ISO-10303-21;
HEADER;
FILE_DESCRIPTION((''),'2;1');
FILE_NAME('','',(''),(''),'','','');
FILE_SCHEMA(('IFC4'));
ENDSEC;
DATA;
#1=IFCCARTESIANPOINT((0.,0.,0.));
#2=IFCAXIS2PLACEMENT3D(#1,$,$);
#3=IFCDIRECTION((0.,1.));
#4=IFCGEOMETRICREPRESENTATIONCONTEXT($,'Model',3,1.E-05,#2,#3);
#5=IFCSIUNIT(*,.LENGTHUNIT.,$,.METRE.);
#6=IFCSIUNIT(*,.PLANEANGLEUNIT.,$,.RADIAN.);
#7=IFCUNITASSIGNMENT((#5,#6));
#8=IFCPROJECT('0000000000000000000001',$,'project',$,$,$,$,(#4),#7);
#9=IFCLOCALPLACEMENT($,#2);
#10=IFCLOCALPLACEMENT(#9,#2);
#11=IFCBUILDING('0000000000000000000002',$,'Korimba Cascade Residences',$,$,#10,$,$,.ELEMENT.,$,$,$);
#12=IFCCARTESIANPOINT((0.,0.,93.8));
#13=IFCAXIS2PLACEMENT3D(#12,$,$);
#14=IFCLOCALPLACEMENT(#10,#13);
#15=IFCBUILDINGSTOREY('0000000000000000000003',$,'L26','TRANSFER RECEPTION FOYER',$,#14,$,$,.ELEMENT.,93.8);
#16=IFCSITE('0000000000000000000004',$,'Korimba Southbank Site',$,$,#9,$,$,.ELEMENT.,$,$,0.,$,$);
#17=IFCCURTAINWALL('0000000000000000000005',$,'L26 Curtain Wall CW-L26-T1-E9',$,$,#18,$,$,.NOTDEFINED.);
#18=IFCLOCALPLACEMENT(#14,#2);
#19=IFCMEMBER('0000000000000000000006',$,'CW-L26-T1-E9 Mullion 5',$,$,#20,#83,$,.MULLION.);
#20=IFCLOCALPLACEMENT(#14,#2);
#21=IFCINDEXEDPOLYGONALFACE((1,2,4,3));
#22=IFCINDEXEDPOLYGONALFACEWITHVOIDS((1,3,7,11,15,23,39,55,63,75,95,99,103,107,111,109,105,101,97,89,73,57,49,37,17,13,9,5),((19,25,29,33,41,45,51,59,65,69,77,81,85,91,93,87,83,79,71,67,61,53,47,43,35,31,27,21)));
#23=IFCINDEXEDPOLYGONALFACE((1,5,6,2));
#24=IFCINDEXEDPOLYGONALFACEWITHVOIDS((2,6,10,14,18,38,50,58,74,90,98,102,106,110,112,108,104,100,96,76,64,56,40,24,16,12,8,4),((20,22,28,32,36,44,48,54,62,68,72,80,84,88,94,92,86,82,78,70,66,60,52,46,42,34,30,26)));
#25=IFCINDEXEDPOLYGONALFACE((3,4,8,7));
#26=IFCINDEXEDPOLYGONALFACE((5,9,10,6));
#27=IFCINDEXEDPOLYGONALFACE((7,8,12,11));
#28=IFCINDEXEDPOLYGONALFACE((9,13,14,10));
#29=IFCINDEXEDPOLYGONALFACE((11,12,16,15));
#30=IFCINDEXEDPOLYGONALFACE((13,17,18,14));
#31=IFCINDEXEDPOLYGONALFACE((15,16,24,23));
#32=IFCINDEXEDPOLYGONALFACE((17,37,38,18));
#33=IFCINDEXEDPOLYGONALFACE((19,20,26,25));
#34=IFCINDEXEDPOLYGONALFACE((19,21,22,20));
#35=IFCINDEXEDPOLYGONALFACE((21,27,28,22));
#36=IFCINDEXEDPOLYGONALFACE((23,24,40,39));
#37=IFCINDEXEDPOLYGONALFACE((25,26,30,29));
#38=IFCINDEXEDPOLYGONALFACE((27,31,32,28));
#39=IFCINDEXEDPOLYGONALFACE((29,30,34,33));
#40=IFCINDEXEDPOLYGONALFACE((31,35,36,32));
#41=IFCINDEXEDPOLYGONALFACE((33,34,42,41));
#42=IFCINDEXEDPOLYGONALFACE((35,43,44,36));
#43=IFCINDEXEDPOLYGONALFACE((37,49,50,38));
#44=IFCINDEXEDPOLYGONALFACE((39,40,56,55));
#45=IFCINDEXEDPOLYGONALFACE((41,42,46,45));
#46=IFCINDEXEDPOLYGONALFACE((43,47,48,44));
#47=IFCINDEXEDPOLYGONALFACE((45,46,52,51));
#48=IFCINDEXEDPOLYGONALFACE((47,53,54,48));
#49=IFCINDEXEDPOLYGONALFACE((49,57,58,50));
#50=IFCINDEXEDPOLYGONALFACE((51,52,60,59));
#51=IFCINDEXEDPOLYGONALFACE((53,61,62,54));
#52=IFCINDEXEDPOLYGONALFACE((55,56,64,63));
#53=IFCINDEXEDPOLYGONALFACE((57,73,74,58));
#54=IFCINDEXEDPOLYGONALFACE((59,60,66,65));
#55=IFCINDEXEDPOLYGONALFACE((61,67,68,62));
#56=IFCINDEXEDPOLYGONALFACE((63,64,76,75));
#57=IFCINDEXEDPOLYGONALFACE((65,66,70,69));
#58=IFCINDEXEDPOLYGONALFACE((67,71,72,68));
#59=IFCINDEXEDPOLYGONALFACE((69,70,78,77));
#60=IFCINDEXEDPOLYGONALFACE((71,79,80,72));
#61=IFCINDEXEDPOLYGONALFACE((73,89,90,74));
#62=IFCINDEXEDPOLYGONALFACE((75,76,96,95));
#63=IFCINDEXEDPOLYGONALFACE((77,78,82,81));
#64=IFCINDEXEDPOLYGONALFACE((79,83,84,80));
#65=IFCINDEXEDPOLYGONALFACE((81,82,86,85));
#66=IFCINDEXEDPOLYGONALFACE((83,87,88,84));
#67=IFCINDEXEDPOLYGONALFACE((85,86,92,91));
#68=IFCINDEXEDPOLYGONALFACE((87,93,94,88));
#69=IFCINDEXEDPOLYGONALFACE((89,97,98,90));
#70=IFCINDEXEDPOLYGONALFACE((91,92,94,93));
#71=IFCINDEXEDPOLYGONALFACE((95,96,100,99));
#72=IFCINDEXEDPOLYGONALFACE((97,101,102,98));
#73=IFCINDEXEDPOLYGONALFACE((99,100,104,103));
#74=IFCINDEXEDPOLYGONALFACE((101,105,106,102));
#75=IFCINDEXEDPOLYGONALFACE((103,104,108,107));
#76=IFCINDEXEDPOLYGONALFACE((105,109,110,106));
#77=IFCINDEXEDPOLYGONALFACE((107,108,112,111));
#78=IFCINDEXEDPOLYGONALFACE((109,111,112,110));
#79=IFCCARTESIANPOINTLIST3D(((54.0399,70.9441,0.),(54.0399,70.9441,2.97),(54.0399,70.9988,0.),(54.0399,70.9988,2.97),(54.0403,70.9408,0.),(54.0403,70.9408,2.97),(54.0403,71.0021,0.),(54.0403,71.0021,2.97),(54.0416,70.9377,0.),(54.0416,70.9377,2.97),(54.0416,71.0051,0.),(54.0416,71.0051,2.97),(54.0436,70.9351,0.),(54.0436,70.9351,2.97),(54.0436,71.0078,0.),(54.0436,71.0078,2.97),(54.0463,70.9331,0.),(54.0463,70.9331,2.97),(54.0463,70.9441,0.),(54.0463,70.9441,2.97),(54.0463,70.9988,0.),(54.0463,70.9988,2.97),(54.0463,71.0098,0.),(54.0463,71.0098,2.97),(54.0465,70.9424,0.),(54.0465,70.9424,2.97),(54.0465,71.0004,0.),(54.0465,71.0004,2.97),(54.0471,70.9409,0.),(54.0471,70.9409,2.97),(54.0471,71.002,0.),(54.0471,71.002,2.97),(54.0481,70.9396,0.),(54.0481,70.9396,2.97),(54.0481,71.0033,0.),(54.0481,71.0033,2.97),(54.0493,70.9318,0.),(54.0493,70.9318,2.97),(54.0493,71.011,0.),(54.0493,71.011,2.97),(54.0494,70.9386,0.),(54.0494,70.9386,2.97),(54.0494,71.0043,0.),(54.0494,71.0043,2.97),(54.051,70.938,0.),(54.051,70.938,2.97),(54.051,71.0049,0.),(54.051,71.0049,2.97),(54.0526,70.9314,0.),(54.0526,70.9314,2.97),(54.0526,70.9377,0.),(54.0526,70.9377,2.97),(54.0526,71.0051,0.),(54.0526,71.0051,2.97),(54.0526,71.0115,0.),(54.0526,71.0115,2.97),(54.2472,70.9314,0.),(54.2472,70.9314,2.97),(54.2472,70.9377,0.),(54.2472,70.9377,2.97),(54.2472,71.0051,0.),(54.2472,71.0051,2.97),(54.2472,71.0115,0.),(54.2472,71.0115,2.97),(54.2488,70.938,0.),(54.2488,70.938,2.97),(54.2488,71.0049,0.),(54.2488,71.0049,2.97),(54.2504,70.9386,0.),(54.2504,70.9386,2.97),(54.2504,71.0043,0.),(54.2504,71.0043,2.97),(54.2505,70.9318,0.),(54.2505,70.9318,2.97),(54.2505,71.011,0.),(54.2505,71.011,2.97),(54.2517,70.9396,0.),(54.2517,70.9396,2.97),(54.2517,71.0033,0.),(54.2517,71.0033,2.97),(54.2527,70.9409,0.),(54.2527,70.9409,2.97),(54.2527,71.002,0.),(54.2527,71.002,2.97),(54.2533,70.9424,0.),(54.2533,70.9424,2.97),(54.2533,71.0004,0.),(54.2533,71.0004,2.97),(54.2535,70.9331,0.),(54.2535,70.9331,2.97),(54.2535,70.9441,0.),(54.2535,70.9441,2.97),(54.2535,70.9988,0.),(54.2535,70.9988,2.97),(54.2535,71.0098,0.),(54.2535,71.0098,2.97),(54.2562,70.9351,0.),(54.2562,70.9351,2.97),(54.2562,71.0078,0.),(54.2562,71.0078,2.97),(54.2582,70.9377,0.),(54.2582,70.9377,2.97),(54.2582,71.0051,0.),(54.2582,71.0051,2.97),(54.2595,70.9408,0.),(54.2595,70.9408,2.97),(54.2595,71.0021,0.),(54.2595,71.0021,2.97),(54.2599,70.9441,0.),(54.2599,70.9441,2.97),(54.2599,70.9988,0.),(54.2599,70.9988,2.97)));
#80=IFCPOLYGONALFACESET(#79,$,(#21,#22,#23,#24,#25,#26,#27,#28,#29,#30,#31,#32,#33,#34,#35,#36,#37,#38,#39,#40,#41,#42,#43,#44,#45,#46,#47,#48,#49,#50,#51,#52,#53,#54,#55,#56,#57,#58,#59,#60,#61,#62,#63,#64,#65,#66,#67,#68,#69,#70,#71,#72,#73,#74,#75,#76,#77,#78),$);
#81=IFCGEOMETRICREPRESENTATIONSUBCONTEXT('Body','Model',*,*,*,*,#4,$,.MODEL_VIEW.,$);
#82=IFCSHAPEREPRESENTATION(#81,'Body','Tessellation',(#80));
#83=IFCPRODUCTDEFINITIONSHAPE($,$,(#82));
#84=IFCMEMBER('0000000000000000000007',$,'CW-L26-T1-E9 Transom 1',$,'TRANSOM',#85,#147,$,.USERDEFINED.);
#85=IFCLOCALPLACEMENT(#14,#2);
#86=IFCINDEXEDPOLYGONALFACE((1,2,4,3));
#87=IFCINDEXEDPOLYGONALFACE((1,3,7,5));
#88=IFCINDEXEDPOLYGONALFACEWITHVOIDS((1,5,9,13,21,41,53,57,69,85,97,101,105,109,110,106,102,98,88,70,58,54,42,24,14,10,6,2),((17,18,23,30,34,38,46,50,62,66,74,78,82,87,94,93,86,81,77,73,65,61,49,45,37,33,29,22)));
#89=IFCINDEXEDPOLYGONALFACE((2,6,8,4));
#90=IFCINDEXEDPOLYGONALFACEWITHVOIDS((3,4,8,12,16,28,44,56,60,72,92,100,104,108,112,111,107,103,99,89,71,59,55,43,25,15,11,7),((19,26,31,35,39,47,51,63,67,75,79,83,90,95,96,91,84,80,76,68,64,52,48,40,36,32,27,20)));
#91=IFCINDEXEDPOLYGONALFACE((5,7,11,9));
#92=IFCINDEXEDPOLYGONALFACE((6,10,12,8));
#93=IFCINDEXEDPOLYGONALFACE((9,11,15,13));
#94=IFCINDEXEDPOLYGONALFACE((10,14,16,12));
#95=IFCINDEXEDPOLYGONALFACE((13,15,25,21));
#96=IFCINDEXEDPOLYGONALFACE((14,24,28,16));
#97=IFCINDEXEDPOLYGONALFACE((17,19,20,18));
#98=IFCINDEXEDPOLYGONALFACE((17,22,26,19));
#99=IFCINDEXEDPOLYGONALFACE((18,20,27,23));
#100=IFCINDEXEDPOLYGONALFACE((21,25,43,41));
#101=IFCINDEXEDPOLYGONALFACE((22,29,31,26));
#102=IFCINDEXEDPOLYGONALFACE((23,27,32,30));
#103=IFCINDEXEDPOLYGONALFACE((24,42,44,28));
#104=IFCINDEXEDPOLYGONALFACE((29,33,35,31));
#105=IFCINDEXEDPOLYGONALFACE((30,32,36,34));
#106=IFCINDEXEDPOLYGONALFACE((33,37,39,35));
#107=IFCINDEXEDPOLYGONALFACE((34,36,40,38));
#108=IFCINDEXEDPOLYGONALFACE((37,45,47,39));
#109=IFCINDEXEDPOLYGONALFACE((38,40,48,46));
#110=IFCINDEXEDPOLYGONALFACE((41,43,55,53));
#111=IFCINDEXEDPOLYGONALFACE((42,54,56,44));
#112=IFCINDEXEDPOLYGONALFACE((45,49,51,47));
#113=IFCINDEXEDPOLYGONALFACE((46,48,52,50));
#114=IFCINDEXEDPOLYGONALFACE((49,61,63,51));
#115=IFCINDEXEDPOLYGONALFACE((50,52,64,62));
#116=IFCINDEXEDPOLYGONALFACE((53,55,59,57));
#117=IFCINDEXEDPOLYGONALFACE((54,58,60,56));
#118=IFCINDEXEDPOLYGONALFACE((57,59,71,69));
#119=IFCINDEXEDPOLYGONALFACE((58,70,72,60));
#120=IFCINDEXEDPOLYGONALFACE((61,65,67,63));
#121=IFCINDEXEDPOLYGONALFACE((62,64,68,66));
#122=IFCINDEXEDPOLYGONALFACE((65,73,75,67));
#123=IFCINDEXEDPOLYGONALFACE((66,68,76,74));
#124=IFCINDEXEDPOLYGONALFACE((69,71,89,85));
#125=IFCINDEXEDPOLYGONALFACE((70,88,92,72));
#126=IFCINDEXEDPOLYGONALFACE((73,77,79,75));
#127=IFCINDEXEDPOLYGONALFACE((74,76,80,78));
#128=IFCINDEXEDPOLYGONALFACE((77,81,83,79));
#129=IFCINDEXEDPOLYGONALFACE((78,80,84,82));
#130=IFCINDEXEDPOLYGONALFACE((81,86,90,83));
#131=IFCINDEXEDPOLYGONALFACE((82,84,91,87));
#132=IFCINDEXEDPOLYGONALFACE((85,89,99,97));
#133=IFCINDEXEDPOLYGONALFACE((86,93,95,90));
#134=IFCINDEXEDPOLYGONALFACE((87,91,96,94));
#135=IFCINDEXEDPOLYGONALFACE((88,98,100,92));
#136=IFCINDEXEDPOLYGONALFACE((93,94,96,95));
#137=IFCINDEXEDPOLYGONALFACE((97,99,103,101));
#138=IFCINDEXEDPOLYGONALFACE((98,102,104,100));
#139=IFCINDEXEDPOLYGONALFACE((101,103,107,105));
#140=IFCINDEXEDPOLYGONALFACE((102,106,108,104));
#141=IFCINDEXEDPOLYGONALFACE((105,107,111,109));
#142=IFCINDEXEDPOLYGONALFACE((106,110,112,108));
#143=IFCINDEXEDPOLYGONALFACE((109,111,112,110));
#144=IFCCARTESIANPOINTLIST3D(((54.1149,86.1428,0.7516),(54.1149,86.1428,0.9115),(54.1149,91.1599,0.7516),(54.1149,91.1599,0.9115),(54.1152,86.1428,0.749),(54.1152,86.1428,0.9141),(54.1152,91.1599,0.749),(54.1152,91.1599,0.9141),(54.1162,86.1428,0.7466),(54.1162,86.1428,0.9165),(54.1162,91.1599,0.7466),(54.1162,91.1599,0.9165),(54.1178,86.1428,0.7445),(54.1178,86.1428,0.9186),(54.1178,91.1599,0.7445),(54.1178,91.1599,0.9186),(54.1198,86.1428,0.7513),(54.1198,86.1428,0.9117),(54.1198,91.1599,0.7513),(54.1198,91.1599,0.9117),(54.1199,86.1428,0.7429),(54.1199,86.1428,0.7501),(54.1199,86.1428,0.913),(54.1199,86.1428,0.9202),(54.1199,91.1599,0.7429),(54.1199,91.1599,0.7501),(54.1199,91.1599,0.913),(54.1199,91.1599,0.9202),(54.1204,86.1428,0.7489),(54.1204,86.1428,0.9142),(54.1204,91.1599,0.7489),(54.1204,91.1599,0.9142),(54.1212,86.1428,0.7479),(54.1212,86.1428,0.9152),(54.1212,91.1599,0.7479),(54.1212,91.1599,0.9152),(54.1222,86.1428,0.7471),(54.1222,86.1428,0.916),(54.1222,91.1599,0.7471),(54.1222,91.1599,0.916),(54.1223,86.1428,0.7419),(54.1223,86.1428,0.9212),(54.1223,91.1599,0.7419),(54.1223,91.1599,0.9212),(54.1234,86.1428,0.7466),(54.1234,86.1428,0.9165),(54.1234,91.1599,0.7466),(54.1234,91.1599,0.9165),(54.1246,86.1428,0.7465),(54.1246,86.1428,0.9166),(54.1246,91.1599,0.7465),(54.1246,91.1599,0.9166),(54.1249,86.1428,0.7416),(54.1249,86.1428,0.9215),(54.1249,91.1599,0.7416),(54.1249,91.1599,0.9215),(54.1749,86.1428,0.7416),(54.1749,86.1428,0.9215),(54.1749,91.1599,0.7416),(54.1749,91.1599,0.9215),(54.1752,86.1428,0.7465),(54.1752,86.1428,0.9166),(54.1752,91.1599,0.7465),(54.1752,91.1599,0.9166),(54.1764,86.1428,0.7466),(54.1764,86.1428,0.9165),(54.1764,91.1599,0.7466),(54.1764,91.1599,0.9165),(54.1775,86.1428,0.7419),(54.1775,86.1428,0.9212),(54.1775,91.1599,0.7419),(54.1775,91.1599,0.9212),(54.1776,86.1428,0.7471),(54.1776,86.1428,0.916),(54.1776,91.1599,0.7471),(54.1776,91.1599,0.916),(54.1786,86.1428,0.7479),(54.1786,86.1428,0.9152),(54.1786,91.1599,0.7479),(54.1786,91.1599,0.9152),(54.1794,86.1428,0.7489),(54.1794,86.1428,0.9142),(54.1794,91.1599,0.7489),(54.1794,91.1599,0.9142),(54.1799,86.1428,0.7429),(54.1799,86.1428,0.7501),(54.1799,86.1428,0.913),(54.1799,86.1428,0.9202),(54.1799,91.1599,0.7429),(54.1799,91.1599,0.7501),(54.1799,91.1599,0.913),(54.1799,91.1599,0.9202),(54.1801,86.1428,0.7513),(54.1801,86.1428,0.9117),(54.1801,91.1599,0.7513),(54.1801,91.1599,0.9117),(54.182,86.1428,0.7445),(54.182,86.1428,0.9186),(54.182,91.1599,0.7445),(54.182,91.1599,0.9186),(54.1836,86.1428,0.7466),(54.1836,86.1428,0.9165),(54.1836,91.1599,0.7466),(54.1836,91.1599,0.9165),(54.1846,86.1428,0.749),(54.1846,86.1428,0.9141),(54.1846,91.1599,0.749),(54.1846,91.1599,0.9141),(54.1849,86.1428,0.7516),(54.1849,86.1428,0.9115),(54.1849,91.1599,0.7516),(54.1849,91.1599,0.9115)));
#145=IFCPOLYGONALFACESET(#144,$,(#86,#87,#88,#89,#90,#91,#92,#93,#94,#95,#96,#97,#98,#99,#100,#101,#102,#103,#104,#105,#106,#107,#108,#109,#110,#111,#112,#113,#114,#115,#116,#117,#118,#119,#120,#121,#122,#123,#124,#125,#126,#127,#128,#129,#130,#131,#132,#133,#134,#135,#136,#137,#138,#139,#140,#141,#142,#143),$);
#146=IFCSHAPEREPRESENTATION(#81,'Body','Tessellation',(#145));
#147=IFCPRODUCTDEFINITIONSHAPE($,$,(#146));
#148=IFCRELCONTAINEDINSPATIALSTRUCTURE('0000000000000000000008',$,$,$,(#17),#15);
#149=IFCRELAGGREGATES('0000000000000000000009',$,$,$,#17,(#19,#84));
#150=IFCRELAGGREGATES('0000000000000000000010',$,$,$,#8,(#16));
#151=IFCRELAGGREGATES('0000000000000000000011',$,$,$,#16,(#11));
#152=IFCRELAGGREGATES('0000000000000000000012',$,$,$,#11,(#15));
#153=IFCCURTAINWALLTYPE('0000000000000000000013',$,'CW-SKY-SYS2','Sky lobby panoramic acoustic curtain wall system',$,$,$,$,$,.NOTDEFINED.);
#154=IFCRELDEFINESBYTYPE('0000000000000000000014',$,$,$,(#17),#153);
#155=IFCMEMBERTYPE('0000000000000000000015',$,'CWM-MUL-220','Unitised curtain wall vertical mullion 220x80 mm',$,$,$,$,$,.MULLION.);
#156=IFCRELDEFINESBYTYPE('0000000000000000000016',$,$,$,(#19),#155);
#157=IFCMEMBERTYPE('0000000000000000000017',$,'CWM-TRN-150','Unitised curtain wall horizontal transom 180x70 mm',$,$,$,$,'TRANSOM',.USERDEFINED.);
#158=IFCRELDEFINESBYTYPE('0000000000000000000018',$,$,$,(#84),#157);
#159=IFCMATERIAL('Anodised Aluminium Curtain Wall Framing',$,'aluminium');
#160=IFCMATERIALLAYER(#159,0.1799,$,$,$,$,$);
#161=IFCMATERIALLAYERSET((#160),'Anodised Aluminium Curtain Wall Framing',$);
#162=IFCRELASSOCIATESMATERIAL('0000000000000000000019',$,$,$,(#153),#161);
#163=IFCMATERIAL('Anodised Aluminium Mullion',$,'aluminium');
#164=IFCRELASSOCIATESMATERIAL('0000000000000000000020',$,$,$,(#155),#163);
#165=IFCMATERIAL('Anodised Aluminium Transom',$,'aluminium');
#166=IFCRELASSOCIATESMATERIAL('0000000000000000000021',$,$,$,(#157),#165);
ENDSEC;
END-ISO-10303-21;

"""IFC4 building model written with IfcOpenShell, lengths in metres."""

from ifc_helpers import new_model, si_unit, direction, frame, origin, origin_2d, place, context, subcontext, project, spatial, hollow_rectangle, extrude, material, layer, layer_set, material_profile, profile_set, type_object, element, aggregate, save


model = new_model("IFC4")

# Units and contexts
model_context = context("Model", 3, precision=1e-05, world=origin(), true_north=direction((0.0, 1.0)))
body_context = subcontext(model_context, "Body", "Model", "MODEL_VIEW")
ifc_project = project(units=[si_unit("LENGTHUNIT", "METRE"), si_unit("PLANEANGLEUNIT", "RADIAN")], contexts=[model_context])

# Site, building, storey
site_placement = place(None, origin())
site = spatial("IfcSite", under=ifc_project, at=site_placement, Name="Korimba Southbank Site", CompositionType="ELEMENT", RefElevation=0.0)
building_placement = place(site_placement, origin())
building = spatial("IfcBuilding", under=site, at=building_placement, Name="Korimba Cascade Residences", CompositionType="ELEMENT")
storey_placement = place(building_placement, frame((0.0, 0.0, 93.8)))
storey = spatial("IfcBuildingStorey", under=building, at=storey_placement, Name="L26", Description="TRANSFER RECEPTION FOYER", CompositionType="ELEMENT", Elevation=93.8)

# Curtain wall, members
ifc_material_1 = material(Name="Anodised Aluminium Curtain Wall Framing", Category="aluminium")
ifc_layer_1 = layer(ifc_material_1, 0.1799)
ifc_layer_set_1 = layer_set([ifc_layer_1], Name="Anodised Aluminium Curtain Wall Framing")
curtain_wall_type = type_object("IfcCurtainWallType", Name="CW-SKY-SYS2", Description="Sky lobby panoramic acoustic curtain wall system", PredefinedType="NOTDEFINED", material=ifc_layer_set_1)
curtain_wall_placement = place(storey_placement, origin())
curtain_wall = element("IfcCurtainWall", 1, at=curtain_wall_placement, inside=storey, type_object=curtain_wall_type, Name="L26 Curtain Wall CW-L26-T1-E9", PredefinedType="NOTDEFINED")
ifc_material_2 = material(Name="Anodised Aluminium Mullion", Category="aluminium")
ifc_material_profile_1 = material_profile(ifc_material_2, hollow_rectangle(XDim=0.0801, YDim=0.22, WallThickness=0.0063, InnerFilletRadius=0.0063, OuterFilletRadius=0.0127, at=origin_2d()), Name="Anodised Aluminium Mullion")
ifc_profile_set_1 = profile_set([ifc_material_profile_1], Name="Anodised Aluminium Mullion")
member_type_1 = type_object("IfcMemberType", Name="CWM-MUL-220", Description="Unitised curtain wall vertical mullion 220x80 mm", PredefinedType="MULLION", material=ifc_profile_set_1)
member_1_placement = place(storey_placement, frame((54.1499, 70.9714, 0.0), z_axis=(0.0, 0.0, 1.0), x_axis=(0.0, -1.0, 0.0)))
member_1 = element("IfcMember", 2, at=member_1_placement, type_object=member_type_1, Name="CW-L26-T1-E9 Mullion 5", PredefinedType="MULLION", context=body_context, shape_type="SweptSolid", body=[
    extrude(hollow_rectangle(XDim=0.0801, YDim=0.22, WallThickness=0.0063, InnerFilletRadius=0.0063, OuterFilletRadius=0.0127, at=origin_2d()), origin(), (0.0, 0.0, 1.0), 2.97),
])
ifc_material_3 = material(Name="Anodised Aluminium Transom", Category="aluminium")
ifc_material_profile_2 = material_profile(ifc_material_3, hollow_rectangle(XDim=0.0701, YDim=0.1799, WallThickness=0.0049, InnerFilletRadius=0.0049, OuterFilletRadius=0.01, at=origin_2d()), Name="Anodised Aluminium Transom")
ifc_profile_set_2 = profile_set([ifc_material_profile_2], Name="Anodised Aluminium Transom")
member_type_2 = type_object("IfcMemberType", Name="CWM-TRN-150", Description="Unitised curtain wall horizontal transom 180x70 mm", ElementType="TRANSOM", PredefinedType="USERDEFINED", material=ifc_profile_set_2)
member_2_placement = place(storey_placement, frame((54.1499, 91.1599, 0.8315), z_axis=(0.0, -1.0, 0.0), x_axis=(1.0, 0.0, 0.0)))
member_2 = element("IfcMember", 3, at=member_2_placement, type_object=member_type_2, Name="CW-L26-T1-E9 Transom 1", ObjectType="TRANSOM", PredefinedType="USERDEFINED", context=body_context, shape_type="SweptSolid", body=[
    extrude(hollow_rectangle(XDim=0.0701, YDim=0.1799, WallThickness=0.0049, InnerFilletRadius=0.0049, OuterFilletRadius=0.01, at=origin_2d()), origin(), (0.0, 0.0, 1.0), 5.0171),
])
aggregate(curtain_wall, [member_1, member_2])

save(model, "model.ifc")
